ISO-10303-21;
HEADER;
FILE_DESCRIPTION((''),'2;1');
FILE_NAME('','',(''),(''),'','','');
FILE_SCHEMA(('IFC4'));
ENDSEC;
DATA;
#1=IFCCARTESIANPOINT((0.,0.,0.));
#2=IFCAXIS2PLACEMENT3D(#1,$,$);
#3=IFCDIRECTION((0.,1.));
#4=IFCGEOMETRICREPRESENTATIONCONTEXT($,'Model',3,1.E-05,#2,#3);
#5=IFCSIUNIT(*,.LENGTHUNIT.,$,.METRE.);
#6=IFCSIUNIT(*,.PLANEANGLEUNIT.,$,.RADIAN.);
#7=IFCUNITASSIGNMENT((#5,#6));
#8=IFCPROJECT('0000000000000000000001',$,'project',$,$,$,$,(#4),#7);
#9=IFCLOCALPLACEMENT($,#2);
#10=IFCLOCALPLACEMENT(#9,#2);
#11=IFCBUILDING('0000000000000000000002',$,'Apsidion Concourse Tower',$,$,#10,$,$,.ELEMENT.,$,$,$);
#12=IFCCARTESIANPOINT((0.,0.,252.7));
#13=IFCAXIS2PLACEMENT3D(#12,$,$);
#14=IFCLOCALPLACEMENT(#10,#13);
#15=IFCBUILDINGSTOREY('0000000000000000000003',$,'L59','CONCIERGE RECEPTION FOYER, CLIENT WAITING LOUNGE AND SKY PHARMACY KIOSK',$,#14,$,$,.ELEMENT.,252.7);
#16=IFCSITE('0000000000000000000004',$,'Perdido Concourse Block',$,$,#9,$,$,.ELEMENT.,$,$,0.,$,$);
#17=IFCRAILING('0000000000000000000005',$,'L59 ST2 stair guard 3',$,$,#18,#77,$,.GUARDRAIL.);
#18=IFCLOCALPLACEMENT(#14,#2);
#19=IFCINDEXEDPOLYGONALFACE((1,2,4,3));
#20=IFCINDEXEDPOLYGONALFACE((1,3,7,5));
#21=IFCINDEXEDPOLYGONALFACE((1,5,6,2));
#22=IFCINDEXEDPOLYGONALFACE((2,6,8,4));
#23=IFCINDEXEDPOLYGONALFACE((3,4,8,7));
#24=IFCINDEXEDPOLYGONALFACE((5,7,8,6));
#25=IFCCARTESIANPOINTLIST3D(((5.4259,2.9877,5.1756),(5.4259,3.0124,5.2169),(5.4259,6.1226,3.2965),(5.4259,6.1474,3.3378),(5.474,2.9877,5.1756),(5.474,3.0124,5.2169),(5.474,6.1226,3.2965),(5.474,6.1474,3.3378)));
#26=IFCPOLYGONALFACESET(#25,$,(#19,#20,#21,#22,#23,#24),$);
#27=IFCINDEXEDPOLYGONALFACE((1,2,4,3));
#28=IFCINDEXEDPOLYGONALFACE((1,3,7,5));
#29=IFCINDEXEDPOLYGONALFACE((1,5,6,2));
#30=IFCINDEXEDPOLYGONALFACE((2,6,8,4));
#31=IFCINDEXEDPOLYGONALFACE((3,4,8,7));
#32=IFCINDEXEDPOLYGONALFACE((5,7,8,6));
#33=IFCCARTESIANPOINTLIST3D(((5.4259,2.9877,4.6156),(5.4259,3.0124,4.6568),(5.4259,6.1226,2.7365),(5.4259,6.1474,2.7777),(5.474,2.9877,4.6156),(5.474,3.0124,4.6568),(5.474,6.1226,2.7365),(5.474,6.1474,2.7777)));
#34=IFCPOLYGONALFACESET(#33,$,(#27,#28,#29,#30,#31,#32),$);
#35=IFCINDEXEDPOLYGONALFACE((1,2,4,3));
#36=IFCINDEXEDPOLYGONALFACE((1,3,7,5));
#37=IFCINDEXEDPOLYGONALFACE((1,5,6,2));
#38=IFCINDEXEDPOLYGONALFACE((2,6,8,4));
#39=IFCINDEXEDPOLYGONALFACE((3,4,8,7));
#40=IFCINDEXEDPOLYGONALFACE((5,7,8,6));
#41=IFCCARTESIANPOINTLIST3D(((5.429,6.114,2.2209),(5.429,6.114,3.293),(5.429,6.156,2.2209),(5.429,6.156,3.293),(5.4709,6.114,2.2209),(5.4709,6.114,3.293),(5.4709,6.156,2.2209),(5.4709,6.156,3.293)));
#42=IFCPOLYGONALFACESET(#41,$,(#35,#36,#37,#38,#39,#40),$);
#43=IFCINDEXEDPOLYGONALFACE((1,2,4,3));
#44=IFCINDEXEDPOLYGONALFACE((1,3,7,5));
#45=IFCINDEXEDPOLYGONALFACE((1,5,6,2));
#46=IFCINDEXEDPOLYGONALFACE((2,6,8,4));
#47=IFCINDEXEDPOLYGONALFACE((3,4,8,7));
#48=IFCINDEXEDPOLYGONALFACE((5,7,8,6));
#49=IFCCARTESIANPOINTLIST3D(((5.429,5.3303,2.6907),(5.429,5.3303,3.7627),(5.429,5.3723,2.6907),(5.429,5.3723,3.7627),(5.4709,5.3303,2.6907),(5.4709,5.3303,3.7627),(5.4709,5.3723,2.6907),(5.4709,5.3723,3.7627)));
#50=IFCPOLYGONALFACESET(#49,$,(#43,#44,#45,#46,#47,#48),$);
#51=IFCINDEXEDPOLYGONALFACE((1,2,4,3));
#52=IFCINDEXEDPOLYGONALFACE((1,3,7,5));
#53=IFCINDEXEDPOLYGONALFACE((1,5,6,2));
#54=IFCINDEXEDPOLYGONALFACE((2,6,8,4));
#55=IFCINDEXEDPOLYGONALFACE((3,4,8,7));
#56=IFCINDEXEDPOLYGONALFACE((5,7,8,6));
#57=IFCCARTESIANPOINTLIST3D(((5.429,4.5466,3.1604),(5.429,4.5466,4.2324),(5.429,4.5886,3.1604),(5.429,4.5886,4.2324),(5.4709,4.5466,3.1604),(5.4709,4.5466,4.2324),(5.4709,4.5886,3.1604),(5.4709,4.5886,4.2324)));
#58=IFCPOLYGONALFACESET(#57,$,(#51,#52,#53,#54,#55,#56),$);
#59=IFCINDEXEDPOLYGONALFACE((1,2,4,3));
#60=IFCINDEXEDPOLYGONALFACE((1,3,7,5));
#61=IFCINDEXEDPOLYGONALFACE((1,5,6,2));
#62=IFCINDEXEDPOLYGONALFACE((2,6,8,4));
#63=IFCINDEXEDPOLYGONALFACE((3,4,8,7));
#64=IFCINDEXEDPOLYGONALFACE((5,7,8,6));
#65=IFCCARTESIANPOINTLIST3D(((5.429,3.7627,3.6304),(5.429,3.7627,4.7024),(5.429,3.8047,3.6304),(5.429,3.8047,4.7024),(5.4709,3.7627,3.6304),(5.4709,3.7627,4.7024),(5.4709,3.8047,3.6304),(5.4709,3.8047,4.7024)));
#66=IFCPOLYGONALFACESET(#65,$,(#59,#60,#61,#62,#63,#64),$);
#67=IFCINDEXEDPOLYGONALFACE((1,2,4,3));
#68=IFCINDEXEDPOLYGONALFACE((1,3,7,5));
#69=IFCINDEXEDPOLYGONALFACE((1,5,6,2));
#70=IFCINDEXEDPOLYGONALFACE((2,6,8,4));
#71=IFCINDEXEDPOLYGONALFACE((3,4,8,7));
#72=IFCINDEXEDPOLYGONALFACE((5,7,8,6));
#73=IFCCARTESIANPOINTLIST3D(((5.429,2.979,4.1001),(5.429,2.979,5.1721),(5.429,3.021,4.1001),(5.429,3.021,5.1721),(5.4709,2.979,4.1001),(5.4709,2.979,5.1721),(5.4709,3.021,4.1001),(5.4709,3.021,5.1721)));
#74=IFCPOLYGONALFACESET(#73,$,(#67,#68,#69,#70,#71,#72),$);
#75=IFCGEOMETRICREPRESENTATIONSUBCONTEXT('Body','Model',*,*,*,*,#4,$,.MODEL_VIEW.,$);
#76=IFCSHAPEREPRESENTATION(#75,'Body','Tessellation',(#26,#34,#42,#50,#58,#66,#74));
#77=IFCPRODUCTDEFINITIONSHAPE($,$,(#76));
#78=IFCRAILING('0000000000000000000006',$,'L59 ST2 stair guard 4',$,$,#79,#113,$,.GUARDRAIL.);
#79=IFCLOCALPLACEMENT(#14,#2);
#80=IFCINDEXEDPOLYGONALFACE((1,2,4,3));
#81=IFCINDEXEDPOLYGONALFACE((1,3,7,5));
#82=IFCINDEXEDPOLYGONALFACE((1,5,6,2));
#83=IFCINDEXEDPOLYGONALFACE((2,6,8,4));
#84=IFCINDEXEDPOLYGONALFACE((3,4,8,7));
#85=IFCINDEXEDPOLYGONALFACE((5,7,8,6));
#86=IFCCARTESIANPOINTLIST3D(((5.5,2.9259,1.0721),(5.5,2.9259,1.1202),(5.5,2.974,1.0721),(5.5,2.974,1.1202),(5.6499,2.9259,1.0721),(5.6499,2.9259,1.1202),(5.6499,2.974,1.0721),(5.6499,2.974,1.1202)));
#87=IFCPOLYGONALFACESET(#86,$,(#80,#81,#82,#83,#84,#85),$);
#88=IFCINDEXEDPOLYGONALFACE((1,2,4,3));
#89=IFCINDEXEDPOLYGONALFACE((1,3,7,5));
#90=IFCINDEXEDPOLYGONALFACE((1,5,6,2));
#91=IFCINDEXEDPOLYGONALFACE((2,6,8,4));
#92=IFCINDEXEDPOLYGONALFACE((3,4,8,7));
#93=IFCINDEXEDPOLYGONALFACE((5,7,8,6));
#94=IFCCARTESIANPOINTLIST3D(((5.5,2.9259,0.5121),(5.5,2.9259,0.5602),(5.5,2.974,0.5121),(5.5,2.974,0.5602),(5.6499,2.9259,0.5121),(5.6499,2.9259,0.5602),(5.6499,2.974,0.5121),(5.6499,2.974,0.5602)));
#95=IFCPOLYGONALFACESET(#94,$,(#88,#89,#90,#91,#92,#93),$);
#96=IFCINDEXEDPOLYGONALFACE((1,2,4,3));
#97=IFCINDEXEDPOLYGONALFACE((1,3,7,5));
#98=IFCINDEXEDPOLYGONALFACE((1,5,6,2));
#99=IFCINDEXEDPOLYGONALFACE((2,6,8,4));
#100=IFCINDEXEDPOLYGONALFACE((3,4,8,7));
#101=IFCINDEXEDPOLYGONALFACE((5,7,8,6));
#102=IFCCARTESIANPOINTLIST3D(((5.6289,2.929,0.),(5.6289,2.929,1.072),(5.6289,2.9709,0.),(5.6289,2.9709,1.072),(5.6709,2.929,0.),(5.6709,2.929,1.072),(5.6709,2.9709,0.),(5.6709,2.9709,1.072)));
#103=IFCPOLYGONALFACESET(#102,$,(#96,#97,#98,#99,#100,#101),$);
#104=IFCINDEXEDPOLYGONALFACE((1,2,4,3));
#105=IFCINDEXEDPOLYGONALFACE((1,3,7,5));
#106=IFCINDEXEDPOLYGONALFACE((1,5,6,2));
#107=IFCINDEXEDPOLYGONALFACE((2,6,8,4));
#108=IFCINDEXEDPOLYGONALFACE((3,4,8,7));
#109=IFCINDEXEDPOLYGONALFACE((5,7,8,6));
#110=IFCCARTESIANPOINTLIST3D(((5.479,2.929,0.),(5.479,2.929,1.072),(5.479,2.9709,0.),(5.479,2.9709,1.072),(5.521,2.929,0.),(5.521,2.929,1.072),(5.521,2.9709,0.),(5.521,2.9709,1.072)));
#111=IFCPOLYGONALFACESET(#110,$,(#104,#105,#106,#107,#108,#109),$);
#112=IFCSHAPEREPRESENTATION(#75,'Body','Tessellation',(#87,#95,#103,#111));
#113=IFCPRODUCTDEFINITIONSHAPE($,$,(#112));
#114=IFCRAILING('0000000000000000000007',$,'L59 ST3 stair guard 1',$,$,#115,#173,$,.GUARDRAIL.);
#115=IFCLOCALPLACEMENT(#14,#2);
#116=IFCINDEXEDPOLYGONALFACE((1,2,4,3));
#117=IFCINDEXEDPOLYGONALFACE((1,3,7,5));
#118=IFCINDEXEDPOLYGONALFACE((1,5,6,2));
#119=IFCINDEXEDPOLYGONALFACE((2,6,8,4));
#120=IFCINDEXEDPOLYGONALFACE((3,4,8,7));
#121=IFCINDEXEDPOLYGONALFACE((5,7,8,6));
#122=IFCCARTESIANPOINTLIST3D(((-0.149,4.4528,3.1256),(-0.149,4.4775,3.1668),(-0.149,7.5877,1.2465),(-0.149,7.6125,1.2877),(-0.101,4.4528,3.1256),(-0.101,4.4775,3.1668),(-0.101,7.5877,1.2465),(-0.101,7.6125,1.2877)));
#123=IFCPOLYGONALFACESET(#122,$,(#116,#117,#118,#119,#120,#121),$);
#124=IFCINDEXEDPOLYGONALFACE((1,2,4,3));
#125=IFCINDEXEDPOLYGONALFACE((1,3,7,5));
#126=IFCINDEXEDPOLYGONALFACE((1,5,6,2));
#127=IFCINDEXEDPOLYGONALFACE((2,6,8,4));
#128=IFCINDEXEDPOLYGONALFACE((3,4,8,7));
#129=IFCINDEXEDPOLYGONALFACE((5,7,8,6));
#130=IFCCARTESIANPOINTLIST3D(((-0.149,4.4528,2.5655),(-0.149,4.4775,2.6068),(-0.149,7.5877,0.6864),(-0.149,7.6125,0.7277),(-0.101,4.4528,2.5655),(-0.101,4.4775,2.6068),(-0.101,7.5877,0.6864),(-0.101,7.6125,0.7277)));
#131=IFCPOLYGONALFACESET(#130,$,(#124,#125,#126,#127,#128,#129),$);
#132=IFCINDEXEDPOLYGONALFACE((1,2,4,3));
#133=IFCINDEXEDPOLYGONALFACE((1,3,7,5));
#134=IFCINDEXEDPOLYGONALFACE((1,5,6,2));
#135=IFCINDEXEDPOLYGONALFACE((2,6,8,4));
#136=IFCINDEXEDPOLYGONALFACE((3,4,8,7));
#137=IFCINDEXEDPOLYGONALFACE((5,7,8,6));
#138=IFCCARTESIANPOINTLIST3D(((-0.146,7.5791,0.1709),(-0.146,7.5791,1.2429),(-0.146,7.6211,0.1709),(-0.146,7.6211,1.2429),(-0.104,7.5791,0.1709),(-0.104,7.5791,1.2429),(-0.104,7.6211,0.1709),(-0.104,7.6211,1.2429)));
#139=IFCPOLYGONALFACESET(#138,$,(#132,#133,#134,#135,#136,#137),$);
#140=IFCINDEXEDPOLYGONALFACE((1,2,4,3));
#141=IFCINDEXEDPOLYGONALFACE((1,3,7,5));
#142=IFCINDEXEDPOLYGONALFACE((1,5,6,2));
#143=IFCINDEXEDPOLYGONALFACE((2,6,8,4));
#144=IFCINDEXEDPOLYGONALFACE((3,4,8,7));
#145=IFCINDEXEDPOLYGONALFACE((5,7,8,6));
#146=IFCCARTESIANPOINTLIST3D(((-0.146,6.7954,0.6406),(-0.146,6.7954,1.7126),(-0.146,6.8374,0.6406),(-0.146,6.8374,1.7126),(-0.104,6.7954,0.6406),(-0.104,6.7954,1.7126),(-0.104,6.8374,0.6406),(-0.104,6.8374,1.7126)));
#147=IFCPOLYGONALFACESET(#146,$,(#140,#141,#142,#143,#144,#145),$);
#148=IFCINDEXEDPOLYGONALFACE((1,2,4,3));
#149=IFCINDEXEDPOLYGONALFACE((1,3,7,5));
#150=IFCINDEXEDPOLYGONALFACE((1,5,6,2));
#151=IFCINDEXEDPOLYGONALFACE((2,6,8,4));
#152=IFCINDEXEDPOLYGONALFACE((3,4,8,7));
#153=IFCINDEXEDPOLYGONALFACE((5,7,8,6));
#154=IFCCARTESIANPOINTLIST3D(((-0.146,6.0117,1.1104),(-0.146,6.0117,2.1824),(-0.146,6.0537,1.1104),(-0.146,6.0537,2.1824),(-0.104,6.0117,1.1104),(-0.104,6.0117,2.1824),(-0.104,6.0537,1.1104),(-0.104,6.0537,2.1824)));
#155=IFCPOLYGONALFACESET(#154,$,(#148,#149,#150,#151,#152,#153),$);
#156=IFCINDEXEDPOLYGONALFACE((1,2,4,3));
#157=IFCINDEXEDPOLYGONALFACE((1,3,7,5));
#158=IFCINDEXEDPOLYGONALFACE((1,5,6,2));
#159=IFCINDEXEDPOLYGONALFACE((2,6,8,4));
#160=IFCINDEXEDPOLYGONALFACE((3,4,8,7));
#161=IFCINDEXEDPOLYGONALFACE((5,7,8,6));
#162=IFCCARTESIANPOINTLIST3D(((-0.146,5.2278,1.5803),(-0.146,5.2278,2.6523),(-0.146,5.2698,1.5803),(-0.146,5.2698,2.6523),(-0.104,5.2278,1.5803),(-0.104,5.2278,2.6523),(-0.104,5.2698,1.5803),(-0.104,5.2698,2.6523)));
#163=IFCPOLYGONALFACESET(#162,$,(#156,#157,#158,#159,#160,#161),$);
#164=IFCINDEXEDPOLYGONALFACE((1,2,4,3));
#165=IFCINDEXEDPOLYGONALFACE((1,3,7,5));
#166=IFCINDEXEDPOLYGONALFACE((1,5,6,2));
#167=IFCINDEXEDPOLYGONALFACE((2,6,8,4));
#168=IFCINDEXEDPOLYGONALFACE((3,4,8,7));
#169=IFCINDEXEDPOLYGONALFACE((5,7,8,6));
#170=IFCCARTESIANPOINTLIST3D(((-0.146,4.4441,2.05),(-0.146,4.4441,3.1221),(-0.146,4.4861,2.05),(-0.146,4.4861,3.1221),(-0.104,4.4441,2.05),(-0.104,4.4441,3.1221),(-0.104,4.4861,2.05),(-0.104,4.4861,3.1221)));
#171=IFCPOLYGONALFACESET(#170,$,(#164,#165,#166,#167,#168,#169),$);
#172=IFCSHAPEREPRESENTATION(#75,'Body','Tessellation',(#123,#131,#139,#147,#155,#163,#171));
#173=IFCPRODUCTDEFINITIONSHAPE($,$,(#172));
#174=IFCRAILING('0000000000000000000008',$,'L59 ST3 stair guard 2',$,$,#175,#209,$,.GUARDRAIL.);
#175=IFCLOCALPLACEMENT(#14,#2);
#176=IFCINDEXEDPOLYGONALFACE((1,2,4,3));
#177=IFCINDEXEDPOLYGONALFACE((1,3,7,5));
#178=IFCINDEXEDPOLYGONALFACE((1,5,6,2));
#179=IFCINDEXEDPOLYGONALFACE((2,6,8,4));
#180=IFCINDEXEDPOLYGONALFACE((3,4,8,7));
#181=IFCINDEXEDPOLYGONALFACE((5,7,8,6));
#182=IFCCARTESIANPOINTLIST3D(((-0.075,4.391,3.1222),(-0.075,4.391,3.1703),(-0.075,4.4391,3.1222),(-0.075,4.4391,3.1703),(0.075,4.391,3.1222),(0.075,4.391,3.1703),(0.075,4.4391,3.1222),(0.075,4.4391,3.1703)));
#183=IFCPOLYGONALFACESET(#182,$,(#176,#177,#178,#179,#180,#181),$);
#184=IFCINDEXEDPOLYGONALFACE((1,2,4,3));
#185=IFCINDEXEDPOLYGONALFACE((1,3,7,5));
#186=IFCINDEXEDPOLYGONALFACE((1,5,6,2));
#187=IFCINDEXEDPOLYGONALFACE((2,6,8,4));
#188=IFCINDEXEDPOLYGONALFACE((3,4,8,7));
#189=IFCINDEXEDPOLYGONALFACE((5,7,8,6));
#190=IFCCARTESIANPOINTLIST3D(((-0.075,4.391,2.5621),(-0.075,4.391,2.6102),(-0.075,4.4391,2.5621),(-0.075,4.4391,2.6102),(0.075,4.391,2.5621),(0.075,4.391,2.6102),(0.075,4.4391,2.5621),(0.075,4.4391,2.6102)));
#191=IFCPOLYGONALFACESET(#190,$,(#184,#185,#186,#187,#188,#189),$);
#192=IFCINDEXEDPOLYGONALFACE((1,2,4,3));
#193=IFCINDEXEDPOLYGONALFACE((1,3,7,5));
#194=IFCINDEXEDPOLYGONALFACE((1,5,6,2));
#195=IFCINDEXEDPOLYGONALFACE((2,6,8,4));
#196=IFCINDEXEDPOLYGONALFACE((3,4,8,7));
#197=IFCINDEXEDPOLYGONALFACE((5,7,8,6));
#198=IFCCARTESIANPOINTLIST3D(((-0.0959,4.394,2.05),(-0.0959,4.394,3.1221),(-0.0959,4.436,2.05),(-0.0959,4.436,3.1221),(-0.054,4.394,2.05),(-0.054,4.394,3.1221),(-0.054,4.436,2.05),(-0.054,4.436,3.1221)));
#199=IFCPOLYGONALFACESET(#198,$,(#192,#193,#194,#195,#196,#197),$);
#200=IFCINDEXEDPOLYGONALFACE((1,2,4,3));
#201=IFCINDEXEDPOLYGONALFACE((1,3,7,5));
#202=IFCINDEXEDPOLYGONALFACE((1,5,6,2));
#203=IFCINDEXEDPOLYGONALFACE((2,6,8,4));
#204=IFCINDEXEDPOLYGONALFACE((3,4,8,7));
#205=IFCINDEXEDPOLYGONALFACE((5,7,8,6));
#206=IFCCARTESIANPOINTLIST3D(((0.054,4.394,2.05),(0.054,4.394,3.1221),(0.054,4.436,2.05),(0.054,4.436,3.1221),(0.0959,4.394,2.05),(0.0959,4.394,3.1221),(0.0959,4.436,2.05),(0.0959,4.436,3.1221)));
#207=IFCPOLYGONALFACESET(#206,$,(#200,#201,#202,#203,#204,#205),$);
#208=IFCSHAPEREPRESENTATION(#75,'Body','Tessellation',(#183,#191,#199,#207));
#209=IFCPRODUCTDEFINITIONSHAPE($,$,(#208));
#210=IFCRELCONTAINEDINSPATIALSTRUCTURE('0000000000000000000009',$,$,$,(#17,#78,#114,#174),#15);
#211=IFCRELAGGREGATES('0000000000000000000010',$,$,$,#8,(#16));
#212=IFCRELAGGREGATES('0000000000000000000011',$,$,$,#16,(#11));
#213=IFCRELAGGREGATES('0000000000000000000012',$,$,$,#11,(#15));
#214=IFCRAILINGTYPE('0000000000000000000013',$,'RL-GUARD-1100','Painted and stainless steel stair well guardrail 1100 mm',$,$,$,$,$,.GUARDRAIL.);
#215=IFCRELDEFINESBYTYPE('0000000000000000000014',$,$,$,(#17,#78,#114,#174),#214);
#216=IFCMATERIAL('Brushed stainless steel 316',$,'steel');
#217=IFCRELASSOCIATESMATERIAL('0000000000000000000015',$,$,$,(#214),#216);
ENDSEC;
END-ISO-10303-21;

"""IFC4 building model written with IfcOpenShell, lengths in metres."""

from ifc_helpers import new_model, si_unit, direction, frame, origin, origin_2d, place, context, subcontext, project, spatial, rectangle, extrude, material, type_object, element, save


model = new_model("IFC4")

# Units and contexts
model_context = context("Model", 3, precision=1e-05, world=origin(), true_north=direction((0.0, 1.0)))
body_context = subcontext(model_context, "Body", "Model", "MODEL_VIEW")
ifc_project = project(units=[si_unit("LENGTHUNIT", "METRE"), si_unit("PLANEANGLEUNIT", "RADIAN")], contexts=[model_context])

# Site, building, storey
site_placement = place(None, origin())
site = spatial("IfcSite", under=ifc_project, at=site_placement, Name="Perdido Concourse Block", CompositionType="ELEMENT", RefElevation=0.0)
building_placement = place(site_placement, origin())
building = spatial("IfcBuilding", under=site, at=building_placement, Name="Apsidion Concourse Tower", CompositionType="ELEMENT")
storey_placement = place(building_placement, frame((0.0, 0.0, 252.7)))
storey = spatial("IfcBuildingStorey", under=building, at=storey_placement, Name="L59", Description="CONCIERGE RECEPTION FOYER, CLIENT WAITING LOUNGE AND SKY PHARMACY KIOSK", CompositionType="ELEMENT", Elevation=252.7)

# Railings
ifc_material_1 = material(Name="Brushed stainless steel 316", Category="steel")
railing_type_1 = type_object("IfcRailingType", Name="RL-GUARD-1100", Description="Painted and stainless steel stair well guardrail 1100 mm", PredefinedType="GUARDRAIL", material=ifc_material_1)
railing_1_placement = place(storey_placement, frame((5.45, 6.135, 2.2209)))
element("IfcRailing", 1, at=railing_1_placement, inside=storey, type_object=railing_type_1, Name="L59 ST2 stair guard 3", PredefinedType="GUARDRAIL", context=body_context, shape_type="SweptSolid", body=[
    extrude(rectangle(XDim=0.0481, YDim=0.0481, at=origin_2d()), frame((0.0, 0.0, 1.0962), z_axis=(0.0, -0.857717, 0.514122), x_axis=(1.0, 0.0, 0.0)), (0.0, 0.0, 1.0), 3.655),
    extrude(rectangle(XDim=0.0481, YDim=0.0481, at=origin_2d()), frame((0.0, 0.0, 0.5361), z_axis=(0.0, -0.857717, 0.514122), x_axis=(1.0, 0.0, 0.0)), (0.0, 0.0, 1.0), 3.655),
    extrude(rectangle(XDim=0.042, YDim=0.042, at=origin_2d()), origin(), (0.0, 0.0, 1.0), 1.072),
    extrude(rectangle(XDim=0.042, YDim=0.042, at=origin_2d()), frame((0.0, -0.7837, 0.4697)), (0.0, 0.0, 1.0), 1.072),
    extrude(rectangle(XDim=0.042, YDim=0.042, at=origin_2d()), frame((0.0, -1.5674, 0.9395)), (0.0, 0.0, 1.0), 1.072),
    extrude(rectangle(XDim=0.042, YDim=0.042, at=origin_2d()), frame((0.0, -2.3513, 1.4094)), (0.0, 0.0, 1.0), 1.072),
    extrude(rectangle(XDim=0.042, YDim=0.042, at=origin_2d()), frame((0.0, -3.135, 1.8792)), (0.0, 0.0, 1.0), 1.072),
])
railing_2_placement = place(storey_placement, frame((5.6499, 2.95, 0.0)))
element("IfcRailing", 2, at=railing_2_placement, inside=storey, type_object=railing_type_1, Name="L59 ST2 stair guard 4", PredefinedType="GUARDRAIL", context=body_context, shape_type="SweptSolid", body=[
    extrude(rectangle(XDim=0.0481, YDim=0.0481, at=origin_2d()), frame((0.0, 0.0, 1.0962), z_axis=(-1.0, 0.0, 0.0), x_axis=(0.0, -1.0, 0.0)), (0.0, 0.0, 1.0), 0.1499),
    extrude(rectangle(XDim=0.0481, YDim=0.0481, at=origin_2d()), frame((0.0, 0.0, 0.5361), z_axis=(-1.0, 0.0, 0.0), x_axis=(0.0, -1.0, 0.0)), (0.0, 0.0, 1.0), 0.1499),
    extrude(rectangle(XDim=0.042, YDim=0.042, at=origin_2d()), origin(), (0.0, 0.0, 1.0), 1.072),
    extrude(rectangle(XDim=0.042, YDim=0.042, at=origin_2d()), frame((-0.1499, 0.0, 0.0)), (0.0, 0.0, 1.0), 1.072),
])
railing_3_placement = place(storey_placement, frame((-0.125, 7.6001, 0.1709)))
element("IfcRailing", 3, at=railing_3_placement, inside=storey, type_object=railing_type_1, Name="L59 ST3 stair guard 1", PredefinedType="GUARDRAIL", context=body_context, shape_type="SweptSolid", body=[
    extrude(rectangle(XDim=0.0481, YDim=0.0481, at=origin_2d()), frame((0.0, 0.0, 1.0962), z_axis=(0.0, -0.857717, 0.514122), x_axis=(1.0, 0.0, 0.0)), (0.0, 0.0, 1.0), 3.655),
    extrude(rectangle(XDim=0.0481, YDim=0.0481, at=origin_2d()), frame((0.0, 0.0, 0.5361), z_axis=(0.0, -0.857717, 0.514122), x_axis=(1.0, 0.0, 0.0)), (0.0, 0.0, 1.0), 3.655),
    extrude(rectangle(XDim=0.042, YDim=0.042, at=origin_2d()), origin(), (0.0, 0.0, 1.0), 1.072),
    extrude(rectangle(XDim=0.042, YDim=0.042, at=origin_2d()), frame((0.0, -0.7837, 0.4697)), (0.0, 0.0, 1.0), 1.072),
    extrude(rectangle(XDim=0.042, YDim=0.042, at=origin_2d()), frame((0.0, -1.5674, 0.9395)), (0.0, 0.0, 1.0), 1.072),
    extrude(rectangle(XDim=0.042, YDim=0.042, at=origin_2d()), frame((0.0, -2.3513, 1.4094)), (0.0, 0.0, 1.0), 1.072),
    extrude(rectangle(XDim=0.042, YDim=0.042, at=origin_2d()), frame((0.0, -3.135, 1.8792)), (0.0, 0.0, 1.0), 1.072),
])
railing_4_placement = place(storey_placement, frame((-0.075, 4.415, 2.05)))
element("IfcRailing", 4, at=railing_4_placement, inside=storey, type_object=railing_type_1, Name="L59 ST3 stair guard 2", PredefinedType="GUARDRAIL", context=body_context, shape_type="SweptSolid", body=[
    extrude(rectangle(XDim=0.0481, YDim=0.0481, at=origin_2d()), frame((0.0, 0.0, 1.0962), z_axis=(1.0, 0.0, 0.0), x_axis=(0.0, 1.0, 0.0)), (0.0, 0.0, 1.0), 0.1499),
    extrude(rectangle(XDim=0.0481, YDim=0.0481, at=origin_2d()), frame((0.0, 0.0, 0.5361), z_axis=(1.0, 0.0, 0.0), x_axis=(0.0, 1.0, 0.0)), (0.0, 0.0, 1.0), 0.1499),
    extrude(rectangle(XDim=0.042, YDim=0.042, at=origin_2d()), origin(), (0.0, 0.0, 1.0), 1.072),
    extrude(rectangle(XDim=0.042, YDim=0.042, at=origin_2d()), frame((0.1499, 0.0, 0.0)), (0.0, 0.0, 1.0), 1.072),
])

save(model, "model.ifc")
